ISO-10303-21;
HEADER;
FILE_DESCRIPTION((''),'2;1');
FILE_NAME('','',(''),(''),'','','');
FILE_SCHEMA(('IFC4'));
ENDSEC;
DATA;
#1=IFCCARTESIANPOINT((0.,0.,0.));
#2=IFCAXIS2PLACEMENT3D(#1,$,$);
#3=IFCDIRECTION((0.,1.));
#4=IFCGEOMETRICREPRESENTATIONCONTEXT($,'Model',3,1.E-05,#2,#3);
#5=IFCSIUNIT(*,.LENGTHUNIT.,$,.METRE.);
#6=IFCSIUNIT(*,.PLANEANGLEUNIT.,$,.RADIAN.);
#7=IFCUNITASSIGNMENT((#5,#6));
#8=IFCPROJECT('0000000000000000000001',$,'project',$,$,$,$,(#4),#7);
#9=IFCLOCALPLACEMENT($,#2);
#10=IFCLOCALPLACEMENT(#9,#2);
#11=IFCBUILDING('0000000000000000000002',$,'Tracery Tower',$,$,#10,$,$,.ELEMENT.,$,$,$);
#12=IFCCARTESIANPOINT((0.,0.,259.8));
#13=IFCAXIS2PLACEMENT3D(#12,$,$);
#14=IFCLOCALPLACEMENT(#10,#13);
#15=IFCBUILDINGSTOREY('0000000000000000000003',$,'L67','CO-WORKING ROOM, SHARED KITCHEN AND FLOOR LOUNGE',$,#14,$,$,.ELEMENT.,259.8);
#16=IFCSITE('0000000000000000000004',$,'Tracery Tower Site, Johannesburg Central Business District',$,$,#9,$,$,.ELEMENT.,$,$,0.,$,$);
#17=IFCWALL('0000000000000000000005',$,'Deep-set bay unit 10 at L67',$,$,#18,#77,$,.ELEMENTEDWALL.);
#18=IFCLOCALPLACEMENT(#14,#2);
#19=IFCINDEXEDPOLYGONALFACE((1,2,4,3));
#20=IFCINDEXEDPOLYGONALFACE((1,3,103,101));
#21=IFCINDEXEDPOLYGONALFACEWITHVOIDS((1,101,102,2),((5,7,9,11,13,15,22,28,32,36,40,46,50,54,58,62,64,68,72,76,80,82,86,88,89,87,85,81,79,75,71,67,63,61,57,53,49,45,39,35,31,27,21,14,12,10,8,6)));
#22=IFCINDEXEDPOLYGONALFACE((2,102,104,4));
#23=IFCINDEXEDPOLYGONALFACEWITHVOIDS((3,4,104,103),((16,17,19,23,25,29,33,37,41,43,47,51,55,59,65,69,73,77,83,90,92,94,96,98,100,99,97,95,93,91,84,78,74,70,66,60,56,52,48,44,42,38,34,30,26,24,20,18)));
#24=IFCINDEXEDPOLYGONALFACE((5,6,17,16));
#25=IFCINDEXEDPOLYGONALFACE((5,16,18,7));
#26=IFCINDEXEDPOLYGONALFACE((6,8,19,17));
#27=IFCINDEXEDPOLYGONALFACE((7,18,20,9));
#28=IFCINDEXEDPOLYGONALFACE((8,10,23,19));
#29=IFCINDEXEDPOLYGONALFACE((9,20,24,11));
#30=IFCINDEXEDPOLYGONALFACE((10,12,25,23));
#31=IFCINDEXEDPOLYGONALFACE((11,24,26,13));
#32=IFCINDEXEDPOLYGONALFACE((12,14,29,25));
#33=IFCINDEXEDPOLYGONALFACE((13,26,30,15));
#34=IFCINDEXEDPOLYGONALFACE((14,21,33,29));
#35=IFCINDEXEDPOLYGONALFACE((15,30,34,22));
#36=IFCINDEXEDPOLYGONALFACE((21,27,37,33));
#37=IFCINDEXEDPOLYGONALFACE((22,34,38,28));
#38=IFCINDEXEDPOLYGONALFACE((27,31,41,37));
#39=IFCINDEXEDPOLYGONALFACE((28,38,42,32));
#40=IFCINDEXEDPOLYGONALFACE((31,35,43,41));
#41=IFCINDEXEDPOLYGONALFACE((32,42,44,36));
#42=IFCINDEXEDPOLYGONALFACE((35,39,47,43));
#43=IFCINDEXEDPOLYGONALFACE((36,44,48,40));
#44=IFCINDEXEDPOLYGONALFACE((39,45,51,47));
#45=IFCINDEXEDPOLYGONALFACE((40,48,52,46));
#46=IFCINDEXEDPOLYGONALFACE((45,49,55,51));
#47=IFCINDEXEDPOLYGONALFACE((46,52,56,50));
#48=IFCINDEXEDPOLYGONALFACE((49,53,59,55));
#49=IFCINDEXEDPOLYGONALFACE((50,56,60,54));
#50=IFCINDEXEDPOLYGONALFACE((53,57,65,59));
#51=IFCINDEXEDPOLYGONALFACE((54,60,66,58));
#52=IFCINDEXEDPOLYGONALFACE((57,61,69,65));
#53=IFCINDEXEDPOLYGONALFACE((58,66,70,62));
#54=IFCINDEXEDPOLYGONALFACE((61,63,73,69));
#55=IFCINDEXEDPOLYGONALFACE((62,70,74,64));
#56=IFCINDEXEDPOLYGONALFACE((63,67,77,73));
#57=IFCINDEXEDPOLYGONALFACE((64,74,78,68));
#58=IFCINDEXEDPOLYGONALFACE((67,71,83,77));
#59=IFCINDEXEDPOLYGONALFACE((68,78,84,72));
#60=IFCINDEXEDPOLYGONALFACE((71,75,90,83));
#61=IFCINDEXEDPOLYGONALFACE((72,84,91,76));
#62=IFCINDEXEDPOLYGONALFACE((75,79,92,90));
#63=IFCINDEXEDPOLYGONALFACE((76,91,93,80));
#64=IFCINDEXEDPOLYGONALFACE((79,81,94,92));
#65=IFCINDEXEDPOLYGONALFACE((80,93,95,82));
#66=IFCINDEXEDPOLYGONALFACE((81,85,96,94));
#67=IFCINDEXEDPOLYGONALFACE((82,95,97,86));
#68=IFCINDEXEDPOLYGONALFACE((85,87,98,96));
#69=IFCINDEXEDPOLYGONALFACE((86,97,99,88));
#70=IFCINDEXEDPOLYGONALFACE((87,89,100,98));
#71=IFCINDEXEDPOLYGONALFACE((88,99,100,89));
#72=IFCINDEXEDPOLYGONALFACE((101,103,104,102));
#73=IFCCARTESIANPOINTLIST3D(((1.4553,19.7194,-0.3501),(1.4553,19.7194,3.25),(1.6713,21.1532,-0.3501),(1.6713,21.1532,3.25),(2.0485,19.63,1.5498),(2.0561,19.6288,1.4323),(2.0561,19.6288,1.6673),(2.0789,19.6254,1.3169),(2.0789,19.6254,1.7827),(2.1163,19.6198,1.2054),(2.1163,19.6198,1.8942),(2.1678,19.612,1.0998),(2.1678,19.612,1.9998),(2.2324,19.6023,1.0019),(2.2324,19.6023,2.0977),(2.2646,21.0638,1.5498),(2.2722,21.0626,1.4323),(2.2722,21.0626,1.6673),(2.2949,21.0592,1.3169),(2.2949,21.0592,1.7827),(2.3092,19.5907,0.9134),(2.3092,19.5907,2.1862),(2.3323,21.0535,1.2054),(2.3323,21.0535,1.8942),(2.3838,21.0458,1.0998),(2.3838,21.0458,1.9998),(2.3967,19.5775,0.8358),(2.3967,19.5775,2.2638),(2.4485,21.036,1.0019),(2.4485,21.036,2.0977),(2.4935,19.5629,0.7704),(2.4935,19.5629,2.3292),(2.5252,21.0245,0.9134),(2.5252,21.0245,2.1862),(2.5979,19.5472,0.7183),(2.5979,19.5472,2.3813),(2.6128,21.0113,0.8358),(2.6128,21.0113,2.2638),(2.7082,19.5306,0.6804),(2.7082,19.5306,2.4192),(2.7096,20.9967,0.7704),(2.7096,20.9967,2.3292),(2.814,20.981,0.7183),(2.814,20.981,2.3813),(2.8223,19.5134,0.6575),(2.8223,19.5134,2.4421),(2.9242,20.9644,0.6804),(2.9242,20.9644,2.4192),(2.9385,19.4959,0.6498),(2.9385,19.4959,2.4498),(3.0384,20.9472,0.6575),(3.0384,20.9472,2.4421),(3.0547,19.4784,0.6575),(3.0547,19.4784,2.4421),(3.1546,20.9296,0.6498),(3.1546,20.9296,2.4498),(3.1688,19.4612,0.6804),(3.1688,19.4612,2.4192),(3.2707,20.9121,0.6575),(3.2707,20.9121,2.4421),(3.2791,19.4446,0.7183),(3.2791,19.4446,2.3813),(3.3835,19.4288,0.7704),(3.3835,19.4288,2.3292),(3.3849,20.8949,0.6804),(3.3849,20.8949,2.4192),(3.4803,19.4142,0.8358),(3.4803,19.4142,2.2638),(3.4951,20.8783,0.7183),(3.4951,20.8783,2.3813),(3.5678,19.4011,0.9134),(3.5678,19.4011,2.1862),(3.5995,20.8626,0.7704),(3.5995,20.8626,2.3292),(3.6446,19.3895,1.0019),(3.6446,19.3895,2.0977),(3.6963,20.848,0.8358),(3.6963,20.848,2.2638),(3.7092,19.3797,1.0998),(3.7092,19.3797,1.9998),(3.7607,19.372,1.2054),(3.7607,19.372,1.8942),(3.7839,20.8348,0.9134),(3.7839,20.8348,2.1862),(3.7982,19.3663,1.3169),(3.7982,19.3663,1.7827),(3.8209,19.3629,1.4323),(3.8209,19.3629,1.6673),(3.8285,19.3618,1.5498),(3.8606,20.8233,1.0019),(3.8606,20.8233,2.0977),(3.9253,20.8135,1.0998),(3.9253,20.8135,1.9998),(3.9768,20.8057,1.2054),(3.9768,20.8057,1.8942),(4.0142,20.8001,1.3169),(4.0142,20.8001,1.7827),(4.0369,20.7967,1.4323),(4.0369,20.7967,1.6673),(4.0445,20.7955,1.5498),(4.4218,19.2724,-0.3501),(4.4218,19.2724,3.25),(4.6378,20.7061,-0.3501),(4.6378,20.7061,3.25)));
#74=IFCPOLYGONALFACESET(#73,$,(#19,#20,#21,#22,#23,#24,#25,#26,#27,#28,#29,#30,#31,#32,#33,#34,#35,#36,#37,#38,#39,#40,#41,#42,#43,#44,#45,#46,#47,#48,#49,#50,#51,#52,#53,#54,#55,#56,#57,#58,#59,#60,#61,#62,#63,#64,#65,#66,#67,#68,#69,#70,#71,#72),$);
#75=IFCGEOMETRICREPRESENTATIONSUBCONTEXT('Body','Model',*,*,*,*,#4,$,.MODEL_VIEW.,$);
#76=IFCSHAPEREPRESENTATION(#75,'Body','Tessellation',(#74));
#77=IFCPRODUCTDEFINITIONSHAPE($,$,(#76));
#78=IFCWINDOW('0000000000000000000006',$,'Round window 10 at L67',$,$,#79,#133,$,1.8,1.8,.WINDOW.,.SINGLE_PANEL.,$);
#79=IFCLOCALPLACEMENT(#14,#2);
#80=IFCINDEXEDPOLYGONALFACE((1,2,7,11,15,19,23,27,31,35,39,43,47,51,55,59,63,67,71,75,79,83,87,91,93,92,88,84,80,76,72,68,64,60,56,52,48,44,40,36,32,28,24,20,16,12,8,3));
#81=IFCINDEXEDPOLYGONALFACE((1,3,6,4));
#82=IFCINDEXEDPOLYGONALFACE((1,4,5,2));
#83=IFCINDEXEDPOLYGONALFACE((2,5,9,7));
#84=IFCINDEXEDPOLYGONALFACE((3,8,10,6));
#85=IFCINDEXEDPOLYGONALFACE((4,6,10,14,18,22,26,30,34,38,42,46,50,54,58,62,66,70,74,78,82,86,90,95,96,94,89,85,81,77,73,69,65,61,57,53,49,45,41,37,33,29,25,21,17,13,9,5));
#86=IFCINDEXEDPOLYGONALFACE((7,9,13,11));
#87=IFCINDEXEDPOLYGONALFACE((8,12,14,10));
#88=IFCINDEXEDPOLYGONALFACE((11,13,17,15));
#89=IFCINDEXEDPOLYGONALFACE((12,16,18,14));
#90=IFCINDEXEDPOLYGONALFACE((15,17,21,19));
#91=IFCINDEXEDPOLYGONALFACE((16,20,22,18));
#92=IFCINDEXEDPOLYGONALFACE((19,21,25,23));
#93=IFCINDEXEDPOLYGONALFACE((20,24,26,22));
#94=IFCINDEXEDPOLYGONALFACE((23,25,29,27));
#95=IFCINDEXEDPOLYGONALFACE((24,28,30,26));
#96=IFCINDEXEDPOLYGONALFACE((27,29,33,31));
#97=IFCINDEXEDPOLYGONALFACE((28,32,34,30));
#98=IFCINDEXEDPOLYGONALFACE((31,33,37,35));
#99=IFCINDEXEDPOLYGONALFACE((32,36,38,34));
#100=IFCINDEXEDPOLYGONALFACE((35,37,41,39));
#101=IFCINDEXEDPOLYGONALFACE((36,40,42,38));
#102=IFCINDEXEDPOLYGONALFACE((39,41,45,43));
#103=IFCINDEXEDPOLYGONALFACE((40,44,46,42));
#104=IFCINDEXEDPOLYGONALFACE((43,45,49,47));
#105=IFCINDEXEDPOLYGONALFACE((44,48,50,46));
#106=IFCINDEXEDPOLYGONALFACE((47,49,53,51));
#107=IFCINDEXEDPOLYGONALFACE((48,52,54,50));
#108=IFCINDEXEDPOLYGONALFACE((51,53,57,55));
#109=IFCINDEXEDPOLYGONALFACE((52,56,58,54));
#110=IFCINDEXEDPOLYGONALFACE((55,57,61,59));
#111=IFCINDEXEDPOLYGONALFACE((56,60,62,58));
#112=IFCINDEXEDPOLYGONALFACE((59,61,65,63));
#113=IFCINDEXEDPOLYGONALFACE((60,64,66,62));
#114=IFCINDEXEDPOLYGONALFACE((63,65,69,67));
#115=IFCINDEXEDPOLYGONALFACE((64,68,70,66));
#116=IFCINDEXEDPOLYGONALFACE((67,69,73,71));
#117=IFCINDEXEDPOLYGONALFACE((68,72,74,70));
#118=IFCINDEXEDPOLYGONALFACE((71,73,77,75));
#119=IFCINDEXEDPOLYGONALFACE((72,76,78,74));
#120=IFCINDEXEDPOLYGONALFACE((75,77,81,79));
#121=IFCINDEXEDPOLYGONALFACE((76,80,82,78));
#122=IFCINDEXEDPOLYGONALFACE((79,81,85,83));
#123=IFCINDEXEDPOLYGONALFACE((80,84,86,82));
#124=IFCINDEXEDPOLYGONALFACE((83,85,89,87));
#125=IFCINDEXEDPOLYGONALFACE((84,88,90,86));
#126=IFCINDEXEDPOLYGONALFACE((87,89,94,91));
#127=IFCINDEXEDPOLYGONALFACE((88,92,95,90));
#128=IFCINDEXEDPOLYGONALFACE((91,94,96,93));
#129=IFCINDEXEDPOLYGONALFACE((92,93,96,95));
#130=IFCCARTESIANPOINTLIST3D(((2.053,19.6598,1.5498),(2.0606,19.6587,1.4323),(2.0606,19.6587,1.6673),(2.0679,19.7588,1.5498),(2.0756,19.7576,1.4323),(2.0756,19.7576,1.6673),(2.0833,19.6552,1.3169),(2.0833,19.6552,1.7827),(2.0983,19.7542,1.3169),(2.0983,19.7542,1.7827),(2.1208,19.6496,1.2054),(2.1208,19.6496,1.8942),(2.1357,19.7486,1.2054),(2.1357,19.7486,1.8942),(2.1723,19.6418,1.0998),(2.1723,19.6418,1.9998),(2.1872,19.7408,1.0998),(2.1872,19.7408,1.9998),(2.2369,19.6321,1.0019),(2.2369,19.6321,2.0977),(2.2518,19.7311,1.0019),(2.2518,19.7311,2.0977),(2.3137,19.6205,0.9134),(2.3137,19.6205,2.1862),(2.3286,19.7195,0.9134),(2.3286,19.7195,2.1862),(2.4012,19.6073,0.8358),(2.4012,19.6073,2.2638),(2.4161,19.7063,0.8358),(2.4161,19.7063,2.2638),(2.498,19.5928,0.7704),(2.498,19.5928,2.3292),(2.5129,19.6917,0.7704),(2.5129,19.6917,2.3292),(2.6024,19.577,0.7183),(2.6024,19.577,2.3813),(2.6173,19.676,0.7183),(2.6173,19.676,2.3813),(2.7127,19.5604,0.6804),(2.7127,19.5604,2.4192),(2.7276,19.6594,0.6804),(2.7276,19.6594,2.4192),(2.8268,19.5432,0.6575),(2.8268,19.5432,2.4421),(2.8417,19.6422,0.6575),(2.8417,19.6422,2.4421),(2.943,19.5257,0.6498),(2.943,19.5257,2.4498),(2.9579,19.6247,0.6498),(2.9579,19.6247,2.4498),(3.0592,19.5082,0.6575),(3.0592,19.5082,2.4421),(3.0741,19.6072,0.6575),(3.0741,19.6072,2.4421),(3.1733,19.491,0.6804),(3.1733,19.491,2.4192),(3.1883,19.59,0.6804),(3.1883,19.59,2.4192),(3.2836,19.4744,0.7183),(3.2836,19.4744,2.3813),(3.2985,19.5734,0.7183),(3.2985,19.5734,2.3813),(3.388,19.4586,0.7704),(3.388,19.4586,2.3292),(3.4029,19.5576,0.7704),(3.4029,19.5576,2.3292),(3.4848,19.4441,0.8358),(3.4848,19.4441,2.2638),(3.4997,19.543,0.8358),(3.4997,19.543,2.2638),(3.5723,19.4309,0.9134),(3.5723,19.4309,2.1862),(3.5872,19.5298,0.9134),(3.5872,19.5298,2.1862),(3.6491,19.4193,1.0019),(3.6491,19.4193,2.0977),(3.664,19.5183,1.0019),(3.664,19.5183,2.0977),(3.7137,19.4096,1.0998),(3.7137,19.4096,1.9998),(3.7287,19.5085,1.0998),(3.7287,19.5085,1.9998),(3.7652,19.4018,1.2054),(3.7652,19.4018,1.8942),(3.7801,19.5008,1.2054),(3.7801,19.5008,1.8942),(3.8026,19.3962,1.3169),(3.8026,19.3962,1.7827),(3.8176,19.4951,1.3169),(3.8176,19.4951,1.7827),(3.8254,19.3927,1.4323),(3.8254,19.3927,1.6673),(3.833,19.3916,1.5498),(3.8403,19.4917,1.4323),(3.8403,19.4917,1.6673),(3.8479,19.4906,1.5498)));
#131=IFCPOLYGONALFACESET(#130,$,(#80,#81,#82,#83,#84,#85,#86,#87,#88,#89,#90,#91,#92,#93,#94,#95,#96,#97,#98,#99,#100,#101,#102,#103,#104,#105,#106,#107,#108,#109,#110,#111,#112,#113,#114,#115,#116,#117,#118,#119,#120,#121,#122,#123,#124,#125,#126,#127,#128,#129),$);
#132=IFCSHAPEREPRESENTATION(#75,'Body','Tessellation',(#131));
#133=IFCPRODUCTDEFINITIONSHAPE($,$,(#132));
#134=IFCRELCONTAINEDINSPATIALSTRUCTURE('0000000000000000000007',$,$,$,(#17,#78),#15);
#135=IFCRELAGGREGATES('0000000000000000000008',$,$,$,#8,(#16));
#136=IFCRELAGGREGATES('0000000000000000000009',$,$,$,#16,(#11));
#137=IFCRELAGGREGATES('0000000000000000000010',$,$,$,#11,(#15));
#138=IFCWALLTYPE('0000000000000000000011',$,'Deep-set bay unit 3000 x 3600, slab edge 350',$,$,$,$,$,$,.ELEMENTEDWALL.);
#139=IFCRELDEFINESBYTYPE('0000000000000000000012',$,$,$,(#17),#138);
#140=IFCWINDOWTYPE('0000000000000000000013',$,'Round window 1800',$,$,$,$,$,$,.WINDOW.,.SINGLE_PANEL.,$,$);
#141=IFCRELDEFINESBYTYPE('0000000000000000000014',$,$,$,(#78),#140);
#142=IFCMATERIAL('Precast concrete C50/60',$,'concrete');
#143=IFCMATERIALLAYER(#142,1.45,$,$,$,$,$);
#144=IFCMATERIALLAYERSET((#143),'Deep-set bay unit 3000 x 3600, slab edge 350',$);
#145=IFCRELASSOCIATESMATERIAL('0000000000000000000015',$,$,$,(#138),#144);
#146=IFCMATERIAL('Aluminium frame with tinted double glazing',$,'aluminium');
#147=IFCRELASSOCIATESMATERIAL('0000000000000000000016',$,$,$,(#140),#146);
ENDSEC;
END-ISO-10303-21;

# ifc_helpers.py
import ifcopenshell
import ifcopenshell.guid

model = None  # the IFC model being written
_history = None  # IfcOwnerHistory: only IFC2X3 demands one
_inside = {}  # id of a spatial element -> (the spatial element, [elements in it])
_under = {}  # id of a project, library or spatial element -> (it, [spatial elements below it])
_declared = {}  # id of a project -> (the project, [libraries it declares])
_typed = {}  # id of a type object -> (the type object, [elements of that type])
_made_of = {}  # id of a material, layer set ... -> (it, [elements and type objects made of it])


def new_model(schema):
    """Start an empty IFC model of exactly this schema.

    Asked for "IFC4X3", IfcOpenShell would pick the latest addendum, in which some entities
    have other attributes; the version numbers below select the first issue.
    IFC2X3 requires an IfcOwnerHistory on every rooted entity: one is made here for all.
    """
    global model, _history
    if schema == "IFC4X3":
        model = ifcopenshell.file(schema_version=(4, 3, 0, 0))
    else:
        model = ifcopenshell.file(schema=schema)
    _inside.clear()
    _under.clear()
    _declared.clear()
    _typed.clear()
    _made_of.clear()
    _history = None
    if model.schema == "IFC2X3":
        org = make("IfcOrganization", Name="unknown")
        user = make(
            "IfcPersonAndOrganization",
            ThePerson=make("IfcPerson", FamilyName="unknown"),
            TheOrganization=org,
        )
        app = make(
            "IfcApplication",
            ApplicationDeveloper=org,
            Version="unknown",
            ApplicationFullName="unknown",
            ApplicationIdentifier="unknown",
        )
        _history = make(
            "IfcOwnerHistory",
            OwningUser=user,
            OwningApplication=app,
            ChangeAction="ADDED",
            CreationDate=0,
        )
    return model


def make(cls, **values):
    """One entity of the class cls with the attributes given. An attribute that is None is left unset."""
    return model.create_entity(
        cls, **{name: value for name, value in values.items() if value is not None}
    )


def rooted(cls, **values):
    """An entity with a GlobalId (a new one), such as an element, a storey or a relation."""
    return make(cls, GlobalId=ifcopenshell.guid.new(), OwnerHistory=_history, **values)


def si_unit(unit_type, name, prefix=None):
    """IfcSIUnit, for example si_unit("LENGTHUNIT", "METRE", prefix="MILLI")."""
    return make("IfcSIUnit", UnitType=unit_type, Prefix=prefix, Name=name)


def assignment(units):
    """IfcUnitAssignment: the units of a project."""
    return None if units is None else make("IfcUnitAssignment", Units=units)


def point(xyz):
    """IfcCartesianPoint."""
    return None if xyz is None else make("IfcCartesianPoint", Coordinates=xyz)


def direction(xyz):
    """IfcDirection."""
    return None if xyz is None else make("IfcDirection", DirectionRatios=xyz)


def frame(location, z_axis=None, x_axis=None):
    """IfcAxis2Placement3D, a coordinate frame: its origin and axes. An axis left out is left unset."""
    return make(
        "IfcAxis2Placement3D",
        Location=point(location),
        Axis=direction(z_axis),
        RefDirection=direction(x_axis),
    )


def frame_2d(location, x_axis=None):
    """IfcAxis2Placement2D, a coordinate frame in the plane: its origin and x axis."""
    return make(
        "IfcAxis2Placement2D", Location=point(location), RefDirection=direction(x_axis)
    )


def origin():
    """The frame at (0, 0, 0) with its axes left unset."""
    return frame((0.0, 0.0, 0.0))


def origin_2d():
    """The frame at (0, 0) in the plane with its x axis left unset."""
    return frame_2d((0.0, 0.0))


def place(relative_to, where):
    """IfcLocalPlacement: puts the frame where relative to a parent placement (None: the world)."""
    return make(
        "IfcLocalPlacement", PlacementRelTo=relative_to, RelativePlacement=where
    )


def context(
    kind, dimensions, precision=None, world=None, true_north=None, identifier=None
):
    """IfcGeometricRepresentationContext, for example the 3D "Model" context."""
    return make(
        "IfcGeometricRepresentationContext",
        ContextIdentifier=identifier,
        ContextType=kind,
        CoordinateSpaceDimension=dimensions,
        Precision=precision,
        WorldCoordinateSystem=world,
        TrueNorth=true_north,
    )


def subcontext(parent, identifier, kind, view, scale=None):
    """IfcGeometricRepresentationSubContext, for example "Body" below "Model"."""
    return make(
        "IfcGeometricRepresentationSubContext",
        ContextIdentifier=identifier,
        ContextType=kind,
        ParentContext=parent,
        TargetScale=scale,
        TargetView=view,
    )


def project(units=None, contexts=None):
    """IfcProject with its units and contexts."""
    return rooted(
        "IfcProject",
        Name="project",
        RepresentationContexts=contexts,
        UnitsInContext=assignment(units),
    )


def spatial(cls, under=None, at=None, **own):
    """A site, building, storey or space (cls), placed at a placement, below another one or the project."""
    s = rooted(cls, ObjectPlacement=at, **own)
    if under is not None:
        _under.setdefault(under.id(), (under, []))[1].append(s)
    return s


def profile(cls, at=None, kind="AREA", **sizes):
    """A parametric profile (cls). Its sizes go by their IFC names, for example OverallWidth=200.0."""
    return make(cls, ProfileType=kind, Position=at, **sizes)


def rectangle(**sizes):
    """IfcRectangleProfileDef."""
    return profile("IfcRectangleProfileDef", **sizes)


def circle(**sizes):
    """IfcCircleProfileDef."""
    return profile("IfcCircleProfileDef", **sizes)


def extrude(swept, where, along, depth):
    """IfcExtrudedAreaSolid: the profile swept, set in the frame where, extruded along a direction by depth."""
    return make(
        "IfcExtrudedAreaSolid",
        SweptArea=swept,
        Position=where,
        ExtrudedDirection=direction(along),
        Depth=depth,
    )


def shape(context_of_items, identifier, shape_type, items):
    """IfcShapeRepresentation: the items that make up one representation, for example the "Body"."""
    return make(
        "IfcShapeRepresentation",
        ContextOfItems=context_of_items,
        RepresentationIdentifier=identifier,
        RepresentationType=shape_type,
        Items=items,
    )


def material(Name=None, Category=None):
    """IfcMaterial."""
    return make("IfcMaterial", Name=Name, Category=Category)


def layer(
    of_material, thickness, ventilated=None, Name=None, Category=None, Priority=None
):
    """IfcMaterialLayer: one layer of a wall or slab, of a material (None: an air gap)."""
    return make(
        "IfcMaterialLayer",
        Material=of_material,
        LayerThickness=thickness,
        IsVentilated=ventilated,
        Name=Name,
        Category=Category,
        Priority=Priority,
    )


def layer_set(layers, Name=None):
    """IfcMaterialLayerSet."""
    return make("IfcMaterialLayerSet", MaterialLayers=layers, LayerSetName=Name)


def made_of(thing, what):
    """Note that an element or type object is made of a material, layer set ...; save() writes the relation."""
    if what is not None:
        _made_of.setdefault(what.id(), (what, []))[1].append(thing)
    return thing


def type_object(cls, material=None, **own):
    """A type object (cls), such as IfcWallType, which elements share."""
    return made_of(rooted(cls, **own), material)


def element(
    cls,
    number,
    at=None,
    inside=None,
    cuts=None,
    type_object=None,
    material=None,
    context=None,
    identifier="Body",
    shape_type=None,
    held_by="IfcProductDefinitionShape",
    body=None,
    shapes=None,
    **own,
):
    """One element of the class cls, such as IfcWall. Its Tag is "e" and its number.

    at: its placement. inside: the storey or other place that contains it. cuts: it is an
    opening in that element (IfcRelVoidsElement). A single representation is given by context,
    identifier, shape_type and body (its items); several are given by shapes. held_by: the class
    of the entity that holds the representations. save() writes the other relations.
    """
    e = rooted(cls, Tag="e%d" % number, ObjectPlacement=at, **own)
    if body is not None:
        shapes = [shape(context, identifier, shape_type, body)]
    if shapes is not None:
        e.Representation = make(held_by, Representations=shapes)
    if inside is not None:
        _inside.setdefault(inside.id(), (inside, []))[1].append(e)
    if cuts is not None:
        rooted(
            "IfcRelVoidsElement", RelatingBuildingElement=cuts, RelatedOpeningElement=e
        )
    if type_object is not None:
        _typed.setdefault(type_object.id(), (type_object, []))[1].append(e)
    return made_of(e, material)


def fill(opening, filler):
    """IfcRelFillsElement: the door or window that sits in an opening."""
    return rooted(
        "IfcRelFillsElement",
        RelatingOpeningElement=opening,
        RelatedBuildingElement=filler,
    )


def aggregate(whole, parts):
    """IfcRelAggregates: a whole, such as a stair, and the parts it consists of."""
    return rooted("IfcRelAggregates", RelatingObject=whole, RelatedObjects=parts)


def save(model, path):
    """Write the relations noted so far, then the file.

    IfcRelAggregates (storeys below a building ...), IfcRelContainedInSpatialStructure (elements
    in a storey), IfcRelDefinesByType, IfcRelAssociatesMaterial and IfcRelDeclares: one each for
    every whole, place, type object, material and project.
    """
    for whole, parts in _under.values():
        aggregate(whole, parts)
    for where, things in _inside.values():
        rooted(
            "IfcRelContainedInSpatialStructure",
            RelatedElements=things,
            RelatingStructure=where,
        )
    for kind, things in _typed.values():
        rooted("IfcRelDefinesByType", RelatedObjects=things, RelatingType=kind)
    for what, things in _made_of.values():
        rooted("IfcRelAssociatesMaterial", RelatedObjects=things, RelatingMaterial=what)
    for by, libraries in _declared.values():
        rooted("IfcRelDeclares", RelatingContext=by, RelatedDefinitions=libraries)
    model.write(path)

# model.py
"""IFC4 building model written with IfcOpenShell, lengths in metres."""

from ifc_helpers import new_model, si_unit, direction, frame, frame_2d, origin, origin_2d, place, context, subcontext, project, spatial, rectangle, circle, extrude, material, layer, layer_set, type_object, element, fill, save


model = new_model("IFC4")

# Units and contexts
model_context = context("Model", 3, precision=1e-05, world=origin(), true_north=direction((0.0, 1.0)))
body_context = subcontext(model_context, "Body", "Model", "MODEL_VIEW")
ifc_project = project(units=[si_unit("LENGTHUNIT", "METRE"), si_unit("PLANEANGLEUNIT", "RADIAN")], contexts=[model_context])

# Site, building, storey
site_placement = place(None, origin())
site = spatial("IfcSite", under=ifc_project, at=site_placement, Name="Tracery Tower Site, Johannesburg Central Business District", CompositionType="ELEMENT", RefElevation=0.0)
building_placement = place(site_placement, origin())
building = spatial("IfcBuilding", under=site, at=building_placement, Name="Tracery Tower", CompositionType="ELEMENT")
storey_placement = place(building_placement, frame((0.0, 0.0, 259.8)))
storey = spatial("IfcBuildingStorey", under=building, at=storey_placement, Name="L67", Description="CO-WORKING ROOM, SHARED KITCHEN AND FLOOR LOUNGE", CompositionType="ELEMENT", Elevation=259.8)

# Wall, opening, window
ifc_material_1 = material(Name="Precast concrete C50/60", Category="concrete")
ifc_layer_1 = layer(ifc_material_1, 1.45)
ifc_layer_set_1 = layer_set([ifc_layer_1], Name="Deep-set bay unit 3000 x 3600, slab edge 350")
wall_type_1 = type_object("IfcWallType", Name="Deep-set bay unit 3000 x 3600, slab edge 350", PredefinedType="ELEMENTEDWALL", material=ifc_layer_set_1)
wall_1_placement = place(storey_placement, frame((4.5298, 19.9893, -0.3501), z_axis=(0.0, 0.0, 1.0), x_axis=(-0.988836, 0.149005, 0.0)))
wall_1 = element("IfcWall", 1, at=wall_1_placement, inside=storey, type_object=wall_type_1, Name="Deep-set bay unit 10 at L67", PredefinedType="ELEMENTEDWALL", context=body_context, shape_type="SweptSolid", body=[
    extrude(rectangle(XDim=3.0, YDim=1.45, at=frame_2d((1.5, 0.0))), origin(), (0.0, 0.0, 1.0), 3.6001),
])
opening_1_placement = place(wall_1_placement, frame((1.5, 0.0, 1.8999)))
opening_1 = element("IfcOpeningElement", 2, at=opening_1_placement, cuts=wall_1, PredefinedType="OPENING", context=body_context, shape_type="SweptSolid", body=[
    extrude(circle(Radius=0.9, at=origin_2d()), frame((0.0, 0.7349, 0.0), z_axis=(0.0, -1.0, 0.0), x_axis=(1.0, 0.0, 0.0)), (0.0, 0.0, 1.0), 1.47),
])
ifc_material_2 = material(Name="Aluminium frame with tinted double glazing", Category="aluminium")
window_type = type_object("IfcWindowType", Name="Round window 1800", PartitioningType="SINGLE_PANEL", PredefinedType="WINDOW", material=ifc_material_2)
window_1_placement = place(opening_1_placement, origin())
window_1 = element("IfcWindow", 3, at=window_1_placement, inside=storey, type_object=window_type, Name="Round window 10 at L67", OverallHeight=1.8, OverallWidth=1.8, PartitioningType="SINGLE_PANEL", PredefinedType="WINDOW", context=body_context, shape_type="SweptSolid", body=[
    extrude(circle(Radius=0.9, at=origin_2d()), frame((0.0, 0.6948, 0.0), z_axis=(0.0, -1.0, 0.0), x_axis=(1.0, 0.0, 0.0)), (0.0, 0.0, 1.0), 0.1001),
])
fill(opening_1, window_1)

save(model, "model.ifc")
